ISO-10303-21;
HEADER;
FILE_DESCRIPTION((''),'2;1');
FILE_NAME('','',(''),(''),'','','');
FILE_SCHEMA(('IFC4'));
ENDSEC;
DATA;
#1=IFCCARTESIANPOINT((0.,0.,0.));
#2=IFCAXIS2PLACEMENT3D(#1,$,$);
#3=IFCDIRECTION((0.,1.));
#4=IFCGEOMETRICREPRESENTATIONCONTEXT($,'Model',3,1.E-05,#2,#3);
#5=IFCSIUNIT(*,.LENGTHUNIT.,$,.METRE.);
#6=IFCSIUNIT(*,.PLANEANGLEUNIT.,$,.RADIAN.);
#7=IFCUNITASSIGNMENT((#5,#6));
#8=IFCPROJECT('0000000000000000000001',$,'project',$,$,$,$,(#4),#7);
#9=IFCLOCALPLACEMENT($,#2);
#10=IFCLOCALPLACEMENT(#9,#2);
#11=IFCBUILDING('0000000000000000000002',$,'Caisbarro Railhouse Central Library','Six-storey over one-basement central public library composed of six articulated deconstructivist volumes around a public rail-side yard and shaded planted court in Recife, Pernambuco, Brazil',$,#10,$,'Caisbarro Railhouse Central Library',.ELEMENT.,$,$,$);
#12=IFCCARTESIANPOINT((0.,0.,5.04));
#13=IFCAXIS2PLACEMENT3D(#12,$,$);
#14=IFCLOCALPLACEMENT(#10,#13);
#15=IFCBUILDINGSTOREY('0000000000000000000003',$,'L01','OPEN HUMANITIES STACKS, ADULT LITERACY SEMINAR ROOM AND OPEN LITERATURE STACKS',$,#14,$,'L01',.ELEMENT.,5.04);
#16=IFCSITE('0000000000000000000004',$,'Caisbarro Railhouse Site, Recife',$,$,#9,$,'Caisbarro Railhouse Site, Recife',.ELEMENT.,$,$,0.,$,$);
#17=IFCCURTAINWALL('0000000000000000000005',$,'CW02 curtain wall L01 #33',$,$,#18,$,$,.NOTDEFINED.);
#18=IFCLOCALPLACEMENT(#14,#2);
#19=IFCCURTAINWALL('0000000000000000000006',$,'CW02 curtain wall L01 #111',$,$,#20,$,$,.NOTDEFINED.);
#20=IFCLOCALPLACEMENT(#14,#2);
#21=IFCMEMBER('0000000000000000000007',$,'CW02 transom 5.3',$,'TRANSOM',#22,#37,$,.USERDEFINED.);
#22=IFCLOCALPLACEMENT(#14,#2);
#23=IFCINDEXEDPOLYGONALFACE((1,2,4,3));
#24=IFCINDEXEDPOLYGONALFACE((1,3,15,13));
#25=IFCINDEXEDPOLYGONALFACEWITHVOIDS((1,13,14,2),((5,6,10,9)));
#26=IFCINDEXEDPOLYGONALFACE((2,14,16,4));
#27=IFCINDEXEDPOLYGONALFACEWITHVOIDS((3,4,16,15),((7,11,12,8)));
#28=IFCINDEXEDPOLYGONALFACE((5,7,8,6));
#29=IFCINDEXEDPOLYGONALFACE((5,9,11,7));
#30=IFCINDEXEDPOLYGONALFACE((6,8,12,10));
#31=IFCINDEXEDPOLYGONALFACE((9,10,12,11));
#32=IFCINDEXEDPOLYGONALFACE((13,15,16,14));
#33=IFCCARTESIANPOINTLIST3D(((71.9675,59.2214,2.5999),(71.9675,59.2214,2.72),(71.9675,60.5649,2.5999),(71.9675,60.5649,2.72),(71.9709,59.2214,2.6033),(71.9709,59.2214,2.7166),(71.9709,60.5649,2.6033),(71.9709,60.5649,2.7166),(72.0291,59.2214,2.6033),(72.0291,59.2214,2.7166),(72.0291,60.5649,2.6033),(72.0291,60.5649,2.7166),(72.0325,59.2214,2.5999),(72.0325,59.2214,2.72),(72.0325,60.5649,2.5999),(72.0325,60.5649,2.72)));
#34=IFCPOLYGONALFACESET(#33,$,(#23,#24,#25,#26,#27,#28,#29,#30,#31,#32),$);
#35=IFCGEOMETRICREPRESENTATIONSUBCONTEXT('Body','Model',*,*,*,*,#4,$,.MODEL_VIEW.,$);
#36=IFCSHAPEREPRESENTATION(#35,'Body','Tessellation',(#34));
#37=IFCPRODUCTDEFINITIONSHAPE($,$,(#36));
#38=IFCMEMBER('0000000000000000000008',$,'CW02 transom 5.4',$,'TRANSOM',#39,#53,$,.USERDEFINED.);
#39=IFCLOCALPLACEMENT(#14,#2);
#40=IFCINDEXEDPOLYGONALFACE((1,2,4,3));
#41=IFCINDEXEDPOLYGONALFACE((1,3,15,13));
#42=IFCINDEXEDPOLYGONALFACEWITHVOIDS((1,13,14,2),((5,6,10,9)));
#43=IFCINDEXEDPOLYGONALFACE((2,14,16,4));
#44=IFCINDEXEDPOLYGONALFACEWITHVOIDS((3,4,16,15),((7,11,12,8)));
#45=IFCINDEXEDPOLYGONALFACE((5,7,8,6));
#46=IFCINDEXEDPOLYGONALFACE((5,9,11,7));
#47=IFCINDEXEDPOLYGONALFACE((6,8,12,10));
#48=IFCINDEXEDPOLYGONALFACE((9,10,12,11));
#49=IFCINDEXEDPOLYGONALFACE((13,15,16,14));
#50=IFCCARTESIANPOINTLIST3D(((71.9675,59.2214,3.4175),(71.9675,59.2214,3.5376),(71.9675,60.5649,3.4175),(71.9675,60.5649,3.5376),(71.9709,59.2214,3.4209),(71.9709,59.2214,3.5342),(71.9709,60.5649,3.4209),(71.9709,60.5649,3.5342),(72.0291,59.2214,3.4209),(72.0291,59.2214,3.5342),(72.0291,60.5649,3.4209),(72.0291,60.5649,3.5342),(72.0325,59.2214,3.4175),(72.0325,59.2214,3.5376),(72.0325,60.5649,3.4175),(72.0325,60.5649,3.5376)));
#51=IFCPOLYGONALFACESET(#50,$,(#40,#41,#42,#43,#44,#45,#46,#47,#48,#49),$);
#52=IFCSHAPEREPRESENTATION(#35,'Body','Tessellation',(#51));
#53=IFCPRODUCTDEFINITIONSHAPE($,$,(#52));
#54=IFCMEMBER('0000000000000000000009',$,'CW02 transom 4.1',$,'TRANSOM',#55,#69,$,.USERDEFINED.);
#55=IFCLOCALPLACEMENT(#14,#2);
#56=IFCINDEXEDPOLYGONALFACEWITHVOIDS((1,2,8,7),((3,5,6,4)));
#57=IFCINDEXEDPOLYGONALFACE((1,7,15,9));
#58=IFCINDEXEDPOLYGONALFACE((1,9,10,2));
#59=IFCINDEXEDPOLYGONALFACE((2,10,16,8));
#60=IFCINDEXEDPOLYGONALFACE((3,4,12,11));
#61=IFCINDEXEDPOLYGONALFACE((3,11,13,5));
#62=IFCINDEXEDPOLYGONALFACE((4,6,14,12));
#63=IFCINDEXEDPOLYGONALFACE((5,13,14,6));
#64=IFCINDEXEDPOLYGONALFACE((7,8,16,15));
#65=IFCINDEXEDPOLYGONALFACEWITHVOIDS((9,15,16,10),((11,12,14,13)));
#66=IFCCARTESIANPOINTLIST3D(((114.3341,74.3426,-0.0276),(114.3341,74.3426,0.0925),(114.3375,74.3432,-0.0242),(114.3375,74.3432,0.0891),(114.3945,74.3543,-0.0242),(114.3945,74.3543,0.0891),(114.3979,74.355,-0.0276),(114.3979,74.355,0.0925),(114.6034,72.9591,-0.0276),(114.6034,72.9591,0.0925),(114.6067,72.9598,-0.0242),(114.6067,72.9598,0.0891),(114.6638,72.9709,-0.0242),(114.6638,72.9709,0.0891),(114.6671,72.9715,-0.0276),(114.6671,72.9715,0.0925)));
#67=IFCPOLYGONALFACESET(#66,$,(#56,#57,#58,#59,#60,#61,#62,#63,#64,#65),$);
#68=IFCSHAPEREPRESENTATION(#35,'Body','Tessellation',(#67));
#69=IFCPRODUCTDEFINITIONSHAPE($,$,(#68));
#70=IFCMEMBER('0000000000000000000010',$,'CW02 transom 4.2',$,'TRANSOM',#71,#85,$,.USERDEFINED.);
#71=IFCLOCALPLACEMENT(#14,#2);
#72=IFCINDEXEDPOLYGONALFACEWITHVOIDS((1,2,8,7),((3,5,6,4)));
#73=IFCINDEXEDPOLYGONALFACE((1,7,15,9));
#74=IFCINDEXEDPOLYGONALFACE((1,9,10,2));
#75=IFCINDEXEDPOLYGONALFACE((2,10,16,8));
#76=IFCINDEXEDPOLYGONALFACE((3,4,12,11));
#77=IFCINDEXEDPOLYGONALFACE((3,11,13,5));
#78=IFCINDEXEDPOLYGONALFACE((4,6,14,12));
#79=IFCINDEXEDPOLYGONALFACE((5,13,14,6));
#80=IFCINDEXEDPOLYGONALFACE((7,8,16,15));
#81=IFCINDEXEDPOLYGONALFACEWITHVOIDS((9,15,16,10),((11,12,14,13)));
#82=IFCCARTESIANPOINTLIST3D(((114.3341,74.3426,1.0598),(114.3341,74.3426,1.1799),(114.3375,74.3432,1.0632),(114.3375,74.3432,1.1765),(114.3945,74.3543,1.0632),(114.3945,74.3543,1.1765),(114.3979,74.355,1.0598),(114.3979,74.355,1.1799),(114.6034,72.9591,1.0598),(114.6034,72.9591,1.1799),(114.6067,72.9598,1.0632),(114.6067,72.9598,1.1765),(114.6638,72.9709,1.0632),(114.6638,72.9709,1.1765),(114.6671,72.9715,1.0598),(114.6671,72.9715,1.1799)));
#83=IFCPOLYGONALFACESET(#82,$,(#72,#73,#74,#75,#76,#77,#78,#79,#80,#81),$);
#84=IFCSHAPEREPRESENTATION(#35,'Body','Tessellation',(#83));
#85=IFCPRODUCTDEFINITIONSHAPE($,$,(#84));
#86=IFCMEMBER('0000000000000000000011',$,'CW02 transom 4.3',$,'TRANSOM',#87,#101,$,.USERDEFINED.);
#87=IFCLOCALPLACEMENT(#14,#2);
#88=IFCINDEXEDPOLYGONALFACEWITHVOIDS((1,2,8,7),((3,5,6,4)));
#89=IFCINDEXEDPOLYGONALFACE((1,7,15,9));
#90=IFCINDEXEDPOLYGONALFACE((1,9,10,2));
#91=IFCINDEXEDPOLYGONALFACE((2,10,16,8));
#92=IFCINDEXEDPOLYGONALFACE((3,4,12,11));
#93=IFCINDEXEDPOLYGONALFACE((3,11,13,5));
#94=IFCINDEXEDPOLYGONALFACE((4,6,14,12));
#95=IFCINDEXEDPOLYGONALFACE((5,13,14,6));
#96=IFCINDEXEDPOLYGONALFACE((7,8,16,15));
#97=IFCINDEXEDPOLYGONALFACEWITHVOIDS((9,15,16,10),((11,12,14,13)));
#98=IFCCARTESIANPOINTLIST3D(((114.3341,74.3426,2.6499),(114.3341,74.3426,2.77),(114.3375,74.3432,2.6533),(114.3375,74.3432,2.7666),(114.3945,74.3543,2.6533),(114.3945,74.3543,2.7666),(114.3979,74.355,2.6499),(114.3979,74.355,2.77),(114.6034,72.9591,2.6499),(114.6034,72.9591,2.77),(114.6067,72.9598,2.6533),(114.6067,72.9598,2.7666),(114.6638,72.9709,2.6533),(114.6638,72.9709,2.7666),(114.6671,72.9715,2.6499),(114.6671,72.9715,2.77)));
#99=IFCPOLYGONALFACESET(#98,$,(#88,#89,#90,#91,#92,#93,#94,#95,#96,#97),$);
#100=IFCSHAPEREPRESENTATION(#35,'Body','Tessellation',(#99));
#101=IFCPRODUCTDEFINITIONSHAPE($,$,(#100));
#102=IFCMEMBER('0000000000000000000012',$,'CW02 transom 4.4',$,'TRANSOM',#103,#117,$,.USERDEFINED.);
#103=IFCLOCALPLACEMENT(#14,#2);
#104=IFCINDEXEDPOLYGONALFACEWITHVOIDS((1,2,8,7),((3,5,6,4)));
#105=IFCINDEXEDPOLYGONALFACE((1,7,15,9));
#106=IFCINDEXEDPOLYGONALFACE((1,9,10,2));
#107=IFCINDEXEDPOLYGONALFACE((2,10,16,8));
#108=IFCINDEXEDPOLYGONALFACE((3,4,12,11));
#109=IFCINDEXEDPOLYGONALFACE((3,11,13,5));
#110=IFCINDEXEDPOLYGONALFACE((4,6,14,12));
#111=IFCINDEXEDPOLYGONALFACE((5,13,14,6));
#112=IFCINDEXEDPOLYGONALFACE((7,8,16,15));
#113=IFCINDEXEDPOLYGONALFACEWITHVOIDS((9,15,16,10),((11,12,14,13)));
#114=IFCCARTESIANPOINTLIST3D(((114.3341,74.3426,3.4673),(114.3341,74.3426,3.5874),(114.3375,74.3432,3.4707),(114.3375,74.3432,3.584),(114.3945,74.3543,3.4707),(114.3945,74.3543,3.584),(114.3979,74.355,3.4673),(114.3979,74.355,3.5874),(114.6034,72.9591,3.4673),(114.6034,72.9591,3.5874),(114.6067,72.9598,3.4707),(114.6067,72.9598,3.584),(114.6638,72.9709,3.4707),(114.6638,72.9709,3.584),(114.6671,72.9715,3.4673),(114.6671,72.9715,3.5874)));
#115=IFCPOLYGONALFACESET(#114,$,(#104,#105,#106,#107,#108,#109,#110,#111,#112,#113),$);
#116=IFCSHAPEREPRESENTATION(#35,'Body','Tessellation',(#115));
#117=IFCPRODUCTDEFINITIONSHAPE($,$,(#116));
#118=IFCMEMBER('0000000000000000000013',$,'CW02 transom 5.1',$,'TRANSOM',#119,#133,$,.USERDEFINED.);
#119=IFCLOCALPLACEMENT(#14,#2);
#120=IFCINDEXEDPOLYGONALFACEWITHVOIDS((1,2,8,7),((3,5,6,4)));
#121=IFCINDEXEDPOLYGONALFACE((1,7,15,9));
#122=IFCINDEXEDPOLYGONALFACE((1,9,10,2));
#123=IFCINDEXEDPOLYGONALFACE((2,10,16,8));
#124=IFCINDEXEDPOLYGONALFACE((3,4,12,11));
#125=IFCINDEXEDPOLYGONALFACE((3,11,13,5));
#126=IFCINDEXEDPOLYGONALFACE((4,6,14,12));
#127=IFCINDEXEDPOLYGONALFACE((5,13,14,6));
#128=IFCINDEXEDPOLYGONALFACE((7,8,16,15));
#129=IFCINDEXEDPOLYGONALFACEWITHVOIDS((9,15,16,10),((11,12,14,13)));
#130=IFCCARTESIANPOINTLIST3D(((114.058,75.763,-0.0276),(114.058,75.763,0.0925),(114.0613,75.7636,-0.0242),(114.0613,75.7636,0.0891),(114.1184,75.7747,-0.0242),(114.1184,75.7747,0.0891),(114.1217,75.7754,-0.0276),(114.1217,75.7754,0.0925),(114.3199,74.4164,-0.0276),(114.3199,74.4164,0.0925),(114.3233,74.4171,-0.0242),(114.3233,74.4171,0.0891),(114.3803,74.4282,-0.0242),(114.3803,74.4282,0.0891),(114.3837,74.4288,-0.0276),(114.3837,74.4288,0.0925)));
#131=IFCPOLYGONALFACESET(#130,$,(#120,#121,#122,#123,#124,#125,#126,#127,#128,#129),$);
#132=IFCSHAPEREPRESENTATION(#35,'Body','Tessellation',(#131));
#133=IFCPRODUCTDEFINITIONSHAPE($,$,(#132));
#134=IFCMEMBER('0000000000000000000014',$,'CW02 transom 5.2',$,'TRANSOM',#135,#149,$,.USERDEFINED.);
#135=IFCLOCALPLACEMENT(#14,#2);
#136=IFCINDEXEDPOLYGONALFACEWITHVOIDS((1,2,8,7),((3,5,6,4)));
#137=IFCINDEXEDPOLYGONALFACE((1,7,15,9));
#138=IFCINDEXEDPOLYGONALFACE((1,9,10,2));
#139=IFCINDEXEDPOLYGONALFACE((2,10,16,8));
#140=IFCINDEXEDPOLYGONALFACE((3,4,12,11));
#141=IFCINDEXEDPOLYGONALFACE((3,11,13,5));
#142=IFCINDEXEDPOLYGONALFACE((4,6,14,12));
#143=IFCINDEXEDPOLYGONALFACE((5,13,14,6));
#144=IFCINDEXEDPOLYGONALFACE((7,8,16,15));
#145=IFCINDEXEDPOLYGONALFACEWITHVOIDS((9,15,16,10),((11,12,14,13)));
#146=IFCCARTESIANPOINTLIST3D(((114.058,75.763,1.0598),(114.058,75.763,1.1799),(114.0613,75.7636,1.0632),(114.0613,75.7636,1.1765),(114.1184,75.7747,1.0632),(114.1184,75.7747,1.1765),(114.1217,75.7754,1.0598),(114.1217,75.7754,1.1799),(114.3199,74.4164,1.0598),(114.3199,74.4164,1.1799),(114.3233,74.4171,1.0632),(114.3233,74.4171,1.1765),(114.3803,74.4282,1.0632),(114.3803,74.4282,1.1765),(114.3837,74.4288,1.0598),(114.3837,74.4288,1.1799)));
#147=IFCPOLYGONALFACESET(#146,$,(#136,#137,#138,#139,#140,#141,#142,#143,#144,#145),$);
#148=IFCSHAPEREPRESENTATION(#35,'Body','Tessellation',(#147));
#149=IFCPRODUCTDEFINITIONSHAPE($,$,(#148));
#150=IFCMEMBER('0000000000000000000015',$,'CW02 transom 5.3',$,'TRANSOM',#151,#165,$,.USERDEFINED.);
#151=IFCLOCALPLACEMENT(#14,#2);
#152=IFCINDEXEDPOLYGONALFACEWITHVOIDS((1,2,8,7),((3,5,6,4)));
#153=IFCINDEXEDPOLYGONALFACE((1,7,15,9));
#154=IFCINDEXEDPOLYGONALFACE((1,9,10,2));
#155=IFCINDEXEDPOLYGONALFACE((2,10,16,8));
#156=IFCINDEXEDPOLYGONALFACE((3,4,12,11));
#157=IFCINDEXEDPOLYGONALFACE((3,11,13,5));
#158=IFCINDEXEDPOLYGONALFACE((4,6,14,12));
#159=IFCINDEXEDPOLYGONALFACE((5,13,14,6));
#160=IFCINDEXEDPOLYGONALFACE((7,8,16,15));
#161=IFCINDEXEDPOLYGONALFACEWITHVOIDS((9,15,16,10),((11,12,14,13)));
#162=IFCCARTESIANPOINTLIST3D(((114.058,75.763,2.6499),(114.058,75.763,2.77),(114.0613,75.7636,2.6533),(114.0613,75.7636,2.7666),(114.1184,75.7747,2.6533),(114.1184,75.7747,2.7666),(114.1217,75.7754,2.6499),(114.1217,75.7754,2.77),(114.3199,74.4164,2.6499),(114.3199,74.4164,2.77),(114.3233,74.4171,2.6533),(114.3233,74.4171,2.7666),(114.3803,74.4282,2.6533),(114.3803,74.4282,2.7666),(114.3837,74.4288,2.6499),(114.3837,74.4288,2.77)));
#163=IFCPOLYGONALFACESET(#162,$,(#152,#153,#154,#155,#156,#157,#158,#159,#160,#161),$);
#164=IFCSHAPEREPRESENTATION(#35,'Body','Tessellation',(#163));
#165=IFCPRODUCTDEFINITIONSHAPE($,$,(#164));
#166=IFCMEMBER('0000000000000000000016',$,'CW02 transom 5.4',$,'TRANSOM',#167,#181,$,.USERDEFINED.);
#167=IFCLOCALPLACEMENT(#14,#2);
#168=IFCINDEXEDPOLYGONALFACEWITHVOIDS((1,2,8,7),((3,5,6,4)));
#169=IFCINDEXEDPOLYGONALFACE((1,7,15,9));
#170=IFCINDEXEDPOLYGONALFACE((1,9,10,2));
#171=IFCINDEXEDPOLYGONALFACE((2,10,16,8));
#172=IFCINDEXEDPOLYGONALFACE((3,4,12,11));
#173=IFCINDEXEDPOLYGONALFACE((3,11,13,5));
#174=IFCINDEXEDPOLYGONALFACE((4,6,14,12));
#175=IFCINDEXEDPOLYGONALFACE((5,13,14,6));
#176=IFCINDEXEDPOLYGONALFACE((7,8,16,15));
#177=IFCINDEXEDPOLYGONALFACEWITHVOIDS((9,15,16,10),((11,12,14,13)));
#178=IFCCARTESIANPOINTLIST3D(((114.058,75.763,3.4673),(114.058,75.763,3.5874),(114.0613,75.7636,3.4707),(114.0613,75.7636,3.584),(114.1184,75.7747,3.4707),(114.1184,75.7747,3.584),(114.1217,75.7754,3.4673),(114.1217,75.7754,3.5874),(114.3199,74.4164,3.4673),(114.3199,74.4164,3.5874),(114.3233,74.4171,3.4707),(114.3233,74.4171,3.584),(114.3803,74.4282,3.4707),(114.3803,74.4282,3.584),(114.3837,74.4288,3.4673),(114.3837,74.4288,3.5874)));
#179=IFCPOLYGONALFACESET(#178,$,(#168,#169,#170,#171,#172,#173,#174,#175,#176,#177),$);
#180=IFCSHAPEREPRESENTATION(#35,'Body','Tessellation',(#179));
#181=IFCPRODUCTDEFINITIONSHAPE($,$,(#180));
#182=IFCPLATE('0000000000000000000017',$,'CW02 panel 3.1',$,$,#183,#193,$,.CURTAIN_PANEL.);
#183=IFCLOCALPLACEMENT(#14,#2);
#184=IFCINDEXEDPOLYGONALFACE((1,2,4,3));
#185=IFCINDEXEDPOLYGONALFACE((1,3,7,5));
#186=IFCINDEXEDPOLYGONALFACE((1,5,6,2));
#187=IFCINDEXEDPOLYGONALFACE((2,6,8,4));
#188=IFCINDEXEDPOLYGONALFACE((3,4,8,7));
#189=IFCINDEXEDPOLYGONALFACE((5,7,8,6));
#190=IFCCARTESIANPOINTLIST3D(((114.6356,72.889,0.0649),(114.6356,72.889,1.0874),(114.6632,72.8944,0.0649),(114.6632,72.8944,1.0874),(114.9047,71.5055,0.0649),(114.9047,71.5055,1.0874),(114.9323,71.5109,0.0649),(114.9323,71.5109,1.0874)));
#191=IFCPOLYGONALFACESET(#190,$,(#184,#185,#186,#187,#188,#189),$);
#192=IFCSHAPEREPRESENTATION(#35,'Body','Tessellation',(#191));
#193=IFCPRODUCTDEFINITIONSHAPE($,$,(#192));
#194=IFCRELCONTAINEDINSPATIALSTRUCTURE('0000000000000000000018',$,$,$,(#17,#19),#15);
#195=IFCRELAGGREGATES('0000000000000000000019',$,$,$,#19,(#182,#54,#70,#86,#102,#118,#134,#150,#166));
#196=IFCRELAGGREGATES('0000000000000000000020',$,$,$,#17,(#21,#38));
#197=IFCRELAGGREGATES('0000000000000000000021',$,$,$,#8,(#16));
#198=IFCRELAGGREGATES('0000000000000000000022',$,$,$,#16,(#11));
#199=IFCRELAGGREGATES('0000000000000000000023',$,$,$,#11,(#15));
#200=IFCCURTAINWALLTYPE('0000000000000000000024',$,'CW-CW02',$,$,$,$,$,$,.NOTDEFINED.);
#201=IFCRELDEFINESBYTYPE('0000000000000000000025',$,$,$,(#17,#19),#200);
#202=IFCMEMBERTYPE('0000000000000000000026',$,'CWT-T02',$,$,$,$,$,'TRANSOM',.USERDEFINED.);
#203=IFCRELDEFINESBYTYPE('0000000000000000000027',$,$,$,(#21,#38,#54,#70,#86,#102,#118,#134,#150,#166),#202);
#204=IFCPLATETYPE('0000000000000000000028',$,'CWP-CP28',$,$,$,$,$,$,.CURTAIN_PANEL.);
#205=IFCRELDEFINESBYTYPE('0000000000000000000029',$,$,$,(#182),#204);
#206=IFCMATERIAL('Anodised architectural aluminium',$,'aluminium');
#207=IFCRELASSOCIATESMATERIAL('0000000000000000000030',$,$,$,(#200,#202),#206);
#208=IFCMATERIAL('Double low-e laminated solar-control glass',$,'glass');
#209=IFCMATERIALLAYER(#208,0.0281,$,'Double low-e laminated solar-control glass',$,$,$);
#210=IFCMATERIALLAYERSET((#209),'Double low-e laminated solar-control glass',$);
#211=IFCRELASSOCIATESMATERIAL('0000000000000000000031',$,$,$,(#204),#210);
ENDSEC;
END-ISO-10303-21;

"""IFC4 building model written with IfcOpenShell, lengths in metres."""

from ifc_helpers import new_model, si_unit, direction, frame, origin, origin_2d, place, context, subcontext, project, spatial, rectangle, hollow_rectangle, extrude, material, layer, layer_set, material_profile, profile_set, type_object, element, aggregate, save


model = new_model("IFC4")

# Units and contexts
model_context = context("Model", 3, precision=1e-05, world=origin(), true_north=direction((0.0, 1.0)))
body_context = subcontext(model_context, "Body", "Model", "MODEL_VIEW")
ifc_project = project(units=[si_unit("LENGTHUNIT", "METRE"), si_unit("PLANEANGLEUNIT", "RADIAN")], contexts=[model_context])

# Site, building, storey
site_placement = place(None, origin())
site = spatial("IfcSite", under=ifc_project, at=site_placement, Name="Caisbarro Railhouse Site, Recife", LongName="Caisbarro Railhouse Site, Recife", CompositionType="ELEMENT", RefElevation=0.0)
building_placement = place(site_placement, origin())
building = spatial("IfcBuilding", under=site, at=building_placement, Name="Caisbarro Railhouse Central Library", Description="Six-storey over one-basement central public library composed of six articulated deconstructivist volumes around a public rail-side yard and shaded planted court in Recife, Pernambuco, Brazil", LongName="Caisbarro Railhouse Central Library", CompositionType="ELEMENT")
storey_placement = place(building_placement, frame((0.0, 0.0, 5.04)))
storey = spatial("IfcBuildingStorey", under=building, at=storey_placement, Name="L01", Description="OPEN HUMANITIES STACKS, ADULT LITERACY SEMINAR ROOM AND OPEN LITERATURE STACKS", LongName="L01", CompositionType="ELEMENT", Elevation=5.04)

# Curtain walls
ifc_material_1 = material(Name="Anodised architectural aluminium", Category="aluminium")
curtain_wall_type = type_object("IfcCurtainWallType", Name="CW-CW02", PredefinedType="NOTDEFINED", material=ifc_material_1)
curtain_wall_1_placement = place(storey_placement, origin())
curtain_wall_1 = element("IfcCurtainWall", 1, at=curtain_wall_1_placement, inside=storey, type_object=curtain_wall_type, Name="CW02 curtain wall L01 #33", PredefinedType="NOTDEFINED")
curtain_wall_2_placement = place(storey_placement, origin())
curtain_wall_2 = element("IfcCurtainWall", 2, at=curtain_wall_2_placement, inside=storey, type_object=curtain_wall_type, Name="CW02 curtain wall L01 #111", PredefinedType="NOTDEFINED")

# Members
ifc_material_profile_1 = material_profile(ifc_material_1, hollow_rectangle(XDim=0.0649, YDim=0.1201, WallThickness=0.0034, at=origin_2d()), Name="ALU-TRN-65X120")
ifc_profile_set_1 = profile_set([ifc_material_profile_1], Name="Anodised architectural aluminium")
member_type_1 = type_object("IfcMemberType", Name="CWT-T02", ElementType="TRANSOM", PredefinedType="USERDEFINED", material=ifc_profile_set_1)
member_1_placement = place(storey_placement, frame((72.0, 59.2214, 2.6599), z_axis=(0.0, 1.0, 0.0), x_axis=(-1.0, 0.0, 0.0)))
member_1 = element("IfcMember", 3, at=member_1_placement, type_object=member_type_1, Name="CW02 transom 5.3", ObjectType="TRANSOM", PredefinedType="USERDEFINED", context=body_context, shape_type="SweptSolid", body=[
    extrude(hollow_rectangle(XDim=0.0649, YDim=0.1201, WallThickness=0.0034, at=origin_2d()), origin(), (0.0, 0.0, 1.0), 1.3435),
])
member_2_placement = place(storey_placement, frame((72.0, 59.2214, 3.4775), z_axis=(0.0, 1.0, 0.0), x_axis=(-1.0, 0.0, 0.0)))
member_2 = element("IfcMember", 4, at=member_2_placement, type_object=member_type_1, Name="CW02 transom 5.4", ObjectType="TRANSOM", PredefinedType="USERDEFINED", context=body_context, shape_type="SweptSolid", body=[
    extrude(hollow_rectangle(XDim=0.0649, YDim=0.1201, WallThickness=0.0034, at=origin_2d()), origin(), (0.0, 0.0, 1.0), 1.3435),
])
member_3_placement = place(storey_placement, frame((114.6353, 72.9653, 0.0325), z_axis=(-0.19105, 0.98158, 0.0), x_axis=(-0.98158, -0.19105, 0.0)))
member_3 = element("IfcMember", 5, at=member_3_placement, type_object=member_type_1, Name="CW02 transom 4.1", ObjectType="TRANSOM", PredefinedType="USERDEFINED", context=body_context, shape_type="SweptSolid", body=[
    extrude(hollow_rectangle(XDim=0.0649, YDim=0.1201, WallThickness=0.0034, at=origin_2d()), origin(), (0.0, 0.0, 1.0), 1.4094),
])
member_4_placement = place(storey_placement, frame((114.6353, 72.9653, 1.1199), z_axis=(-0.19105, 0.98158, 0.0), x_axis=(-0.98158, -0.19105, 0.0)))
member_4 = element("IfcMember", 6, at=member_4_placement, type_object=member_type_1, Name="CW02 transom 4.2", ObjectType="TRANSOM", PredefinedType="USERDEFINED", context=body_context, shape_type="SweptSolid", body=[
    extrude(hollow_rectangle(XDim=0.0649, YDim=0.1201, WallThickness=0.0034, at=origin_2d()), origin(), (0.0, 0.0, 1.0), 1.4094),
])
member_5_placement = place(storey_placement, frame((114.6353, 72.9653, 2.71), z_axis=(-0.19105, 0.98158, 0.0), x_axis=(-0.98158, -0.19105, 0.0)))
member_5 = element("IfcMember", 7, at=member_5_placement, type_object=member_type_1, Name="CW02 transom 4.3", ObjectType="TRANSOM", PredefinedType="USERDEFINED", context=body_context, shape_type="SweptSolid", body=[
    extrude(hollow_rectangle(XDim=0.0649, YDim=0.1201, WallThickness=0.0034, at=origin_2d()), origin(), (0.0, 0.0, 1.0), 1.4094),
])
member_6_placement = place(storey_placement, frame((114.6353, 72.9653, 3.5273), z_axis=(-0.19105, 0.98158, 0.0), x_axis=(-0.98158, -0.19105, 0.0)))
member_6 = element("IfcMember", 8, at=member_6_placement, type_object=member_type_1, Name="CW02 transom 4.4", ObjectType="TRANSOM", PredefinedType="USERDEFINED", context=body_context, shape_type="SweptSolid", body=[
    extrude(hollow_rectangle(XDim=0.0649, YDim=0.1201, WallThickness=0.0034, at=origin_2d()), origin(), (0.0, 0.0, 1.0), 1.4094),
])
member_7_placement = place(storey_placement, frame((114.3518, 74.4226, 0.0325), z_axis=(-0.190946, 0.981601, 0.0), x_axis=(-0.981601, -0.190946, 0.0)))
member_7 = element("IfcMember", 9, at=member_7_placement, type_object=member_type_1, Name="CW02 transom 5.1", ObjectType="TRANSOM", PredefinedType="USERDEFINED", context=body_context, shape_type="SweptSolid", body=[
    extrude(hollow_rectangle(XDim=0.0649, YDim=0.1201, WallThickness=0.0034, at=origin_2d()), origin(), (0.0, 0.0, 1.0), 1.3718),
])
member_8_placement = place(storey_placement, frame((114.3518, 74.4226, 1.1199), z_axis=(-0.190946, 0.981601, 0.0), x_axis=(-0.981601, -0.190946, 0.0)))
member_8 = element("IfcMember", 10, at=member_8_placement, type_object=member_type_1, Name="CW02 transom 5.2", ObjectType="TRANSOM", PredefinedType="USERDEFINED", context=body_context, shape_type="SweptSolid", body=[
    extrude(hollow_rectangle(XDim=0.0649, YDim=0.1201, WallThickness=0.0034, at=origin_2d()), origin(), (0.0, 0.0, 1.0), 1.3718),
])
member_9_placement = place(storey_placement, frame((114.3518, 74.4226, 2.71), z_axis=(-0.190946, 0.981601, 0.0), x_axis=(-0.981601, -0.190946, 0.0)))
member_9 = element("IfcMember", 11, at=member_9_placement, type_object=member_type_1, Name="CW02 transom 5.3", ObjectType="TRANSOM", PredefinedType="USERDEFINED", context=body_context, shape_type="SweptSolid", body=[
    extrude(hollow_rectangle(XDim=0.0649, YDim=0.1201, WallThickness=0.0034, at=origin_2d()), origin(), (0.0, 0.0, 1.0), 1.3718),
])
member_10_placement = place(storey_placement, frame((114.3518, 74.4226, 3.5273), z_axis=(-0.190946, 0.981601, 0.0), x_axis=(-0.981601, -0.190946, 0.0)))
member_10 = element("IfcMember", 12, at=member_10_placement, type_object=member_type_1, Name="CW02 transom 5.4", ObjectType="TRANSOM", PredefinedType="USERDEFINED", context=body_context, shape_type="SweptSolid", body=[
    extrude(hollow_rectangle(XDim=0.0649, YDim=0.1201, WallThickness=0.0034, at=origin_2d()), origin(), (0.0, 0.0, 1.0), 1.3718),
])

# Plate
ifc_material_2 = material(Name="Double low-e laminated solar-control glass", Category="glass")
ifc_layer_1 = layer(ifc_material_2, 0.0281, Name="Double low-e laminated solar-control glass")
ifc_layer_set_1 = layer_set([ifc_layer_1], Name="Double low-e laminated solar-control glass")
plate_type_1 = type_object("IfcPlateType", Name="CWP-CP28", PredefinedType="CURTAIN_PANEL", material=ifc_layer_set_1)
plate_1_placement = place(storey_placement, frame((114.7839, 72.2, 0.0649), z_axis=(0.0, 0.0, 1.0), x_axis=(-0.190911, 0.981607, 0.0)))
plate_1 = element("IfcPlate", 13, at=plate_1_placement, type_object=plate_type_1, Name="CW02 panel 3.1", PredefinedType="CURTAIN_PANEL", context=body_context, shape_type="SweptSolid", body=[
    extrude(rectangle(XDim=1.4094, YDim=0.0281, at=origin_2d()), origin(), (0.0, 0.0, 1.0), 1.0225),
])
aggregate(curtain_wall_2, [plate_1, member_3, member_4, member_5, member_6, member_7, member_8, member_9, member_10])
aggregate(curtain_wall_1, [member_1, member_2])

save(model, "model.ifc")
